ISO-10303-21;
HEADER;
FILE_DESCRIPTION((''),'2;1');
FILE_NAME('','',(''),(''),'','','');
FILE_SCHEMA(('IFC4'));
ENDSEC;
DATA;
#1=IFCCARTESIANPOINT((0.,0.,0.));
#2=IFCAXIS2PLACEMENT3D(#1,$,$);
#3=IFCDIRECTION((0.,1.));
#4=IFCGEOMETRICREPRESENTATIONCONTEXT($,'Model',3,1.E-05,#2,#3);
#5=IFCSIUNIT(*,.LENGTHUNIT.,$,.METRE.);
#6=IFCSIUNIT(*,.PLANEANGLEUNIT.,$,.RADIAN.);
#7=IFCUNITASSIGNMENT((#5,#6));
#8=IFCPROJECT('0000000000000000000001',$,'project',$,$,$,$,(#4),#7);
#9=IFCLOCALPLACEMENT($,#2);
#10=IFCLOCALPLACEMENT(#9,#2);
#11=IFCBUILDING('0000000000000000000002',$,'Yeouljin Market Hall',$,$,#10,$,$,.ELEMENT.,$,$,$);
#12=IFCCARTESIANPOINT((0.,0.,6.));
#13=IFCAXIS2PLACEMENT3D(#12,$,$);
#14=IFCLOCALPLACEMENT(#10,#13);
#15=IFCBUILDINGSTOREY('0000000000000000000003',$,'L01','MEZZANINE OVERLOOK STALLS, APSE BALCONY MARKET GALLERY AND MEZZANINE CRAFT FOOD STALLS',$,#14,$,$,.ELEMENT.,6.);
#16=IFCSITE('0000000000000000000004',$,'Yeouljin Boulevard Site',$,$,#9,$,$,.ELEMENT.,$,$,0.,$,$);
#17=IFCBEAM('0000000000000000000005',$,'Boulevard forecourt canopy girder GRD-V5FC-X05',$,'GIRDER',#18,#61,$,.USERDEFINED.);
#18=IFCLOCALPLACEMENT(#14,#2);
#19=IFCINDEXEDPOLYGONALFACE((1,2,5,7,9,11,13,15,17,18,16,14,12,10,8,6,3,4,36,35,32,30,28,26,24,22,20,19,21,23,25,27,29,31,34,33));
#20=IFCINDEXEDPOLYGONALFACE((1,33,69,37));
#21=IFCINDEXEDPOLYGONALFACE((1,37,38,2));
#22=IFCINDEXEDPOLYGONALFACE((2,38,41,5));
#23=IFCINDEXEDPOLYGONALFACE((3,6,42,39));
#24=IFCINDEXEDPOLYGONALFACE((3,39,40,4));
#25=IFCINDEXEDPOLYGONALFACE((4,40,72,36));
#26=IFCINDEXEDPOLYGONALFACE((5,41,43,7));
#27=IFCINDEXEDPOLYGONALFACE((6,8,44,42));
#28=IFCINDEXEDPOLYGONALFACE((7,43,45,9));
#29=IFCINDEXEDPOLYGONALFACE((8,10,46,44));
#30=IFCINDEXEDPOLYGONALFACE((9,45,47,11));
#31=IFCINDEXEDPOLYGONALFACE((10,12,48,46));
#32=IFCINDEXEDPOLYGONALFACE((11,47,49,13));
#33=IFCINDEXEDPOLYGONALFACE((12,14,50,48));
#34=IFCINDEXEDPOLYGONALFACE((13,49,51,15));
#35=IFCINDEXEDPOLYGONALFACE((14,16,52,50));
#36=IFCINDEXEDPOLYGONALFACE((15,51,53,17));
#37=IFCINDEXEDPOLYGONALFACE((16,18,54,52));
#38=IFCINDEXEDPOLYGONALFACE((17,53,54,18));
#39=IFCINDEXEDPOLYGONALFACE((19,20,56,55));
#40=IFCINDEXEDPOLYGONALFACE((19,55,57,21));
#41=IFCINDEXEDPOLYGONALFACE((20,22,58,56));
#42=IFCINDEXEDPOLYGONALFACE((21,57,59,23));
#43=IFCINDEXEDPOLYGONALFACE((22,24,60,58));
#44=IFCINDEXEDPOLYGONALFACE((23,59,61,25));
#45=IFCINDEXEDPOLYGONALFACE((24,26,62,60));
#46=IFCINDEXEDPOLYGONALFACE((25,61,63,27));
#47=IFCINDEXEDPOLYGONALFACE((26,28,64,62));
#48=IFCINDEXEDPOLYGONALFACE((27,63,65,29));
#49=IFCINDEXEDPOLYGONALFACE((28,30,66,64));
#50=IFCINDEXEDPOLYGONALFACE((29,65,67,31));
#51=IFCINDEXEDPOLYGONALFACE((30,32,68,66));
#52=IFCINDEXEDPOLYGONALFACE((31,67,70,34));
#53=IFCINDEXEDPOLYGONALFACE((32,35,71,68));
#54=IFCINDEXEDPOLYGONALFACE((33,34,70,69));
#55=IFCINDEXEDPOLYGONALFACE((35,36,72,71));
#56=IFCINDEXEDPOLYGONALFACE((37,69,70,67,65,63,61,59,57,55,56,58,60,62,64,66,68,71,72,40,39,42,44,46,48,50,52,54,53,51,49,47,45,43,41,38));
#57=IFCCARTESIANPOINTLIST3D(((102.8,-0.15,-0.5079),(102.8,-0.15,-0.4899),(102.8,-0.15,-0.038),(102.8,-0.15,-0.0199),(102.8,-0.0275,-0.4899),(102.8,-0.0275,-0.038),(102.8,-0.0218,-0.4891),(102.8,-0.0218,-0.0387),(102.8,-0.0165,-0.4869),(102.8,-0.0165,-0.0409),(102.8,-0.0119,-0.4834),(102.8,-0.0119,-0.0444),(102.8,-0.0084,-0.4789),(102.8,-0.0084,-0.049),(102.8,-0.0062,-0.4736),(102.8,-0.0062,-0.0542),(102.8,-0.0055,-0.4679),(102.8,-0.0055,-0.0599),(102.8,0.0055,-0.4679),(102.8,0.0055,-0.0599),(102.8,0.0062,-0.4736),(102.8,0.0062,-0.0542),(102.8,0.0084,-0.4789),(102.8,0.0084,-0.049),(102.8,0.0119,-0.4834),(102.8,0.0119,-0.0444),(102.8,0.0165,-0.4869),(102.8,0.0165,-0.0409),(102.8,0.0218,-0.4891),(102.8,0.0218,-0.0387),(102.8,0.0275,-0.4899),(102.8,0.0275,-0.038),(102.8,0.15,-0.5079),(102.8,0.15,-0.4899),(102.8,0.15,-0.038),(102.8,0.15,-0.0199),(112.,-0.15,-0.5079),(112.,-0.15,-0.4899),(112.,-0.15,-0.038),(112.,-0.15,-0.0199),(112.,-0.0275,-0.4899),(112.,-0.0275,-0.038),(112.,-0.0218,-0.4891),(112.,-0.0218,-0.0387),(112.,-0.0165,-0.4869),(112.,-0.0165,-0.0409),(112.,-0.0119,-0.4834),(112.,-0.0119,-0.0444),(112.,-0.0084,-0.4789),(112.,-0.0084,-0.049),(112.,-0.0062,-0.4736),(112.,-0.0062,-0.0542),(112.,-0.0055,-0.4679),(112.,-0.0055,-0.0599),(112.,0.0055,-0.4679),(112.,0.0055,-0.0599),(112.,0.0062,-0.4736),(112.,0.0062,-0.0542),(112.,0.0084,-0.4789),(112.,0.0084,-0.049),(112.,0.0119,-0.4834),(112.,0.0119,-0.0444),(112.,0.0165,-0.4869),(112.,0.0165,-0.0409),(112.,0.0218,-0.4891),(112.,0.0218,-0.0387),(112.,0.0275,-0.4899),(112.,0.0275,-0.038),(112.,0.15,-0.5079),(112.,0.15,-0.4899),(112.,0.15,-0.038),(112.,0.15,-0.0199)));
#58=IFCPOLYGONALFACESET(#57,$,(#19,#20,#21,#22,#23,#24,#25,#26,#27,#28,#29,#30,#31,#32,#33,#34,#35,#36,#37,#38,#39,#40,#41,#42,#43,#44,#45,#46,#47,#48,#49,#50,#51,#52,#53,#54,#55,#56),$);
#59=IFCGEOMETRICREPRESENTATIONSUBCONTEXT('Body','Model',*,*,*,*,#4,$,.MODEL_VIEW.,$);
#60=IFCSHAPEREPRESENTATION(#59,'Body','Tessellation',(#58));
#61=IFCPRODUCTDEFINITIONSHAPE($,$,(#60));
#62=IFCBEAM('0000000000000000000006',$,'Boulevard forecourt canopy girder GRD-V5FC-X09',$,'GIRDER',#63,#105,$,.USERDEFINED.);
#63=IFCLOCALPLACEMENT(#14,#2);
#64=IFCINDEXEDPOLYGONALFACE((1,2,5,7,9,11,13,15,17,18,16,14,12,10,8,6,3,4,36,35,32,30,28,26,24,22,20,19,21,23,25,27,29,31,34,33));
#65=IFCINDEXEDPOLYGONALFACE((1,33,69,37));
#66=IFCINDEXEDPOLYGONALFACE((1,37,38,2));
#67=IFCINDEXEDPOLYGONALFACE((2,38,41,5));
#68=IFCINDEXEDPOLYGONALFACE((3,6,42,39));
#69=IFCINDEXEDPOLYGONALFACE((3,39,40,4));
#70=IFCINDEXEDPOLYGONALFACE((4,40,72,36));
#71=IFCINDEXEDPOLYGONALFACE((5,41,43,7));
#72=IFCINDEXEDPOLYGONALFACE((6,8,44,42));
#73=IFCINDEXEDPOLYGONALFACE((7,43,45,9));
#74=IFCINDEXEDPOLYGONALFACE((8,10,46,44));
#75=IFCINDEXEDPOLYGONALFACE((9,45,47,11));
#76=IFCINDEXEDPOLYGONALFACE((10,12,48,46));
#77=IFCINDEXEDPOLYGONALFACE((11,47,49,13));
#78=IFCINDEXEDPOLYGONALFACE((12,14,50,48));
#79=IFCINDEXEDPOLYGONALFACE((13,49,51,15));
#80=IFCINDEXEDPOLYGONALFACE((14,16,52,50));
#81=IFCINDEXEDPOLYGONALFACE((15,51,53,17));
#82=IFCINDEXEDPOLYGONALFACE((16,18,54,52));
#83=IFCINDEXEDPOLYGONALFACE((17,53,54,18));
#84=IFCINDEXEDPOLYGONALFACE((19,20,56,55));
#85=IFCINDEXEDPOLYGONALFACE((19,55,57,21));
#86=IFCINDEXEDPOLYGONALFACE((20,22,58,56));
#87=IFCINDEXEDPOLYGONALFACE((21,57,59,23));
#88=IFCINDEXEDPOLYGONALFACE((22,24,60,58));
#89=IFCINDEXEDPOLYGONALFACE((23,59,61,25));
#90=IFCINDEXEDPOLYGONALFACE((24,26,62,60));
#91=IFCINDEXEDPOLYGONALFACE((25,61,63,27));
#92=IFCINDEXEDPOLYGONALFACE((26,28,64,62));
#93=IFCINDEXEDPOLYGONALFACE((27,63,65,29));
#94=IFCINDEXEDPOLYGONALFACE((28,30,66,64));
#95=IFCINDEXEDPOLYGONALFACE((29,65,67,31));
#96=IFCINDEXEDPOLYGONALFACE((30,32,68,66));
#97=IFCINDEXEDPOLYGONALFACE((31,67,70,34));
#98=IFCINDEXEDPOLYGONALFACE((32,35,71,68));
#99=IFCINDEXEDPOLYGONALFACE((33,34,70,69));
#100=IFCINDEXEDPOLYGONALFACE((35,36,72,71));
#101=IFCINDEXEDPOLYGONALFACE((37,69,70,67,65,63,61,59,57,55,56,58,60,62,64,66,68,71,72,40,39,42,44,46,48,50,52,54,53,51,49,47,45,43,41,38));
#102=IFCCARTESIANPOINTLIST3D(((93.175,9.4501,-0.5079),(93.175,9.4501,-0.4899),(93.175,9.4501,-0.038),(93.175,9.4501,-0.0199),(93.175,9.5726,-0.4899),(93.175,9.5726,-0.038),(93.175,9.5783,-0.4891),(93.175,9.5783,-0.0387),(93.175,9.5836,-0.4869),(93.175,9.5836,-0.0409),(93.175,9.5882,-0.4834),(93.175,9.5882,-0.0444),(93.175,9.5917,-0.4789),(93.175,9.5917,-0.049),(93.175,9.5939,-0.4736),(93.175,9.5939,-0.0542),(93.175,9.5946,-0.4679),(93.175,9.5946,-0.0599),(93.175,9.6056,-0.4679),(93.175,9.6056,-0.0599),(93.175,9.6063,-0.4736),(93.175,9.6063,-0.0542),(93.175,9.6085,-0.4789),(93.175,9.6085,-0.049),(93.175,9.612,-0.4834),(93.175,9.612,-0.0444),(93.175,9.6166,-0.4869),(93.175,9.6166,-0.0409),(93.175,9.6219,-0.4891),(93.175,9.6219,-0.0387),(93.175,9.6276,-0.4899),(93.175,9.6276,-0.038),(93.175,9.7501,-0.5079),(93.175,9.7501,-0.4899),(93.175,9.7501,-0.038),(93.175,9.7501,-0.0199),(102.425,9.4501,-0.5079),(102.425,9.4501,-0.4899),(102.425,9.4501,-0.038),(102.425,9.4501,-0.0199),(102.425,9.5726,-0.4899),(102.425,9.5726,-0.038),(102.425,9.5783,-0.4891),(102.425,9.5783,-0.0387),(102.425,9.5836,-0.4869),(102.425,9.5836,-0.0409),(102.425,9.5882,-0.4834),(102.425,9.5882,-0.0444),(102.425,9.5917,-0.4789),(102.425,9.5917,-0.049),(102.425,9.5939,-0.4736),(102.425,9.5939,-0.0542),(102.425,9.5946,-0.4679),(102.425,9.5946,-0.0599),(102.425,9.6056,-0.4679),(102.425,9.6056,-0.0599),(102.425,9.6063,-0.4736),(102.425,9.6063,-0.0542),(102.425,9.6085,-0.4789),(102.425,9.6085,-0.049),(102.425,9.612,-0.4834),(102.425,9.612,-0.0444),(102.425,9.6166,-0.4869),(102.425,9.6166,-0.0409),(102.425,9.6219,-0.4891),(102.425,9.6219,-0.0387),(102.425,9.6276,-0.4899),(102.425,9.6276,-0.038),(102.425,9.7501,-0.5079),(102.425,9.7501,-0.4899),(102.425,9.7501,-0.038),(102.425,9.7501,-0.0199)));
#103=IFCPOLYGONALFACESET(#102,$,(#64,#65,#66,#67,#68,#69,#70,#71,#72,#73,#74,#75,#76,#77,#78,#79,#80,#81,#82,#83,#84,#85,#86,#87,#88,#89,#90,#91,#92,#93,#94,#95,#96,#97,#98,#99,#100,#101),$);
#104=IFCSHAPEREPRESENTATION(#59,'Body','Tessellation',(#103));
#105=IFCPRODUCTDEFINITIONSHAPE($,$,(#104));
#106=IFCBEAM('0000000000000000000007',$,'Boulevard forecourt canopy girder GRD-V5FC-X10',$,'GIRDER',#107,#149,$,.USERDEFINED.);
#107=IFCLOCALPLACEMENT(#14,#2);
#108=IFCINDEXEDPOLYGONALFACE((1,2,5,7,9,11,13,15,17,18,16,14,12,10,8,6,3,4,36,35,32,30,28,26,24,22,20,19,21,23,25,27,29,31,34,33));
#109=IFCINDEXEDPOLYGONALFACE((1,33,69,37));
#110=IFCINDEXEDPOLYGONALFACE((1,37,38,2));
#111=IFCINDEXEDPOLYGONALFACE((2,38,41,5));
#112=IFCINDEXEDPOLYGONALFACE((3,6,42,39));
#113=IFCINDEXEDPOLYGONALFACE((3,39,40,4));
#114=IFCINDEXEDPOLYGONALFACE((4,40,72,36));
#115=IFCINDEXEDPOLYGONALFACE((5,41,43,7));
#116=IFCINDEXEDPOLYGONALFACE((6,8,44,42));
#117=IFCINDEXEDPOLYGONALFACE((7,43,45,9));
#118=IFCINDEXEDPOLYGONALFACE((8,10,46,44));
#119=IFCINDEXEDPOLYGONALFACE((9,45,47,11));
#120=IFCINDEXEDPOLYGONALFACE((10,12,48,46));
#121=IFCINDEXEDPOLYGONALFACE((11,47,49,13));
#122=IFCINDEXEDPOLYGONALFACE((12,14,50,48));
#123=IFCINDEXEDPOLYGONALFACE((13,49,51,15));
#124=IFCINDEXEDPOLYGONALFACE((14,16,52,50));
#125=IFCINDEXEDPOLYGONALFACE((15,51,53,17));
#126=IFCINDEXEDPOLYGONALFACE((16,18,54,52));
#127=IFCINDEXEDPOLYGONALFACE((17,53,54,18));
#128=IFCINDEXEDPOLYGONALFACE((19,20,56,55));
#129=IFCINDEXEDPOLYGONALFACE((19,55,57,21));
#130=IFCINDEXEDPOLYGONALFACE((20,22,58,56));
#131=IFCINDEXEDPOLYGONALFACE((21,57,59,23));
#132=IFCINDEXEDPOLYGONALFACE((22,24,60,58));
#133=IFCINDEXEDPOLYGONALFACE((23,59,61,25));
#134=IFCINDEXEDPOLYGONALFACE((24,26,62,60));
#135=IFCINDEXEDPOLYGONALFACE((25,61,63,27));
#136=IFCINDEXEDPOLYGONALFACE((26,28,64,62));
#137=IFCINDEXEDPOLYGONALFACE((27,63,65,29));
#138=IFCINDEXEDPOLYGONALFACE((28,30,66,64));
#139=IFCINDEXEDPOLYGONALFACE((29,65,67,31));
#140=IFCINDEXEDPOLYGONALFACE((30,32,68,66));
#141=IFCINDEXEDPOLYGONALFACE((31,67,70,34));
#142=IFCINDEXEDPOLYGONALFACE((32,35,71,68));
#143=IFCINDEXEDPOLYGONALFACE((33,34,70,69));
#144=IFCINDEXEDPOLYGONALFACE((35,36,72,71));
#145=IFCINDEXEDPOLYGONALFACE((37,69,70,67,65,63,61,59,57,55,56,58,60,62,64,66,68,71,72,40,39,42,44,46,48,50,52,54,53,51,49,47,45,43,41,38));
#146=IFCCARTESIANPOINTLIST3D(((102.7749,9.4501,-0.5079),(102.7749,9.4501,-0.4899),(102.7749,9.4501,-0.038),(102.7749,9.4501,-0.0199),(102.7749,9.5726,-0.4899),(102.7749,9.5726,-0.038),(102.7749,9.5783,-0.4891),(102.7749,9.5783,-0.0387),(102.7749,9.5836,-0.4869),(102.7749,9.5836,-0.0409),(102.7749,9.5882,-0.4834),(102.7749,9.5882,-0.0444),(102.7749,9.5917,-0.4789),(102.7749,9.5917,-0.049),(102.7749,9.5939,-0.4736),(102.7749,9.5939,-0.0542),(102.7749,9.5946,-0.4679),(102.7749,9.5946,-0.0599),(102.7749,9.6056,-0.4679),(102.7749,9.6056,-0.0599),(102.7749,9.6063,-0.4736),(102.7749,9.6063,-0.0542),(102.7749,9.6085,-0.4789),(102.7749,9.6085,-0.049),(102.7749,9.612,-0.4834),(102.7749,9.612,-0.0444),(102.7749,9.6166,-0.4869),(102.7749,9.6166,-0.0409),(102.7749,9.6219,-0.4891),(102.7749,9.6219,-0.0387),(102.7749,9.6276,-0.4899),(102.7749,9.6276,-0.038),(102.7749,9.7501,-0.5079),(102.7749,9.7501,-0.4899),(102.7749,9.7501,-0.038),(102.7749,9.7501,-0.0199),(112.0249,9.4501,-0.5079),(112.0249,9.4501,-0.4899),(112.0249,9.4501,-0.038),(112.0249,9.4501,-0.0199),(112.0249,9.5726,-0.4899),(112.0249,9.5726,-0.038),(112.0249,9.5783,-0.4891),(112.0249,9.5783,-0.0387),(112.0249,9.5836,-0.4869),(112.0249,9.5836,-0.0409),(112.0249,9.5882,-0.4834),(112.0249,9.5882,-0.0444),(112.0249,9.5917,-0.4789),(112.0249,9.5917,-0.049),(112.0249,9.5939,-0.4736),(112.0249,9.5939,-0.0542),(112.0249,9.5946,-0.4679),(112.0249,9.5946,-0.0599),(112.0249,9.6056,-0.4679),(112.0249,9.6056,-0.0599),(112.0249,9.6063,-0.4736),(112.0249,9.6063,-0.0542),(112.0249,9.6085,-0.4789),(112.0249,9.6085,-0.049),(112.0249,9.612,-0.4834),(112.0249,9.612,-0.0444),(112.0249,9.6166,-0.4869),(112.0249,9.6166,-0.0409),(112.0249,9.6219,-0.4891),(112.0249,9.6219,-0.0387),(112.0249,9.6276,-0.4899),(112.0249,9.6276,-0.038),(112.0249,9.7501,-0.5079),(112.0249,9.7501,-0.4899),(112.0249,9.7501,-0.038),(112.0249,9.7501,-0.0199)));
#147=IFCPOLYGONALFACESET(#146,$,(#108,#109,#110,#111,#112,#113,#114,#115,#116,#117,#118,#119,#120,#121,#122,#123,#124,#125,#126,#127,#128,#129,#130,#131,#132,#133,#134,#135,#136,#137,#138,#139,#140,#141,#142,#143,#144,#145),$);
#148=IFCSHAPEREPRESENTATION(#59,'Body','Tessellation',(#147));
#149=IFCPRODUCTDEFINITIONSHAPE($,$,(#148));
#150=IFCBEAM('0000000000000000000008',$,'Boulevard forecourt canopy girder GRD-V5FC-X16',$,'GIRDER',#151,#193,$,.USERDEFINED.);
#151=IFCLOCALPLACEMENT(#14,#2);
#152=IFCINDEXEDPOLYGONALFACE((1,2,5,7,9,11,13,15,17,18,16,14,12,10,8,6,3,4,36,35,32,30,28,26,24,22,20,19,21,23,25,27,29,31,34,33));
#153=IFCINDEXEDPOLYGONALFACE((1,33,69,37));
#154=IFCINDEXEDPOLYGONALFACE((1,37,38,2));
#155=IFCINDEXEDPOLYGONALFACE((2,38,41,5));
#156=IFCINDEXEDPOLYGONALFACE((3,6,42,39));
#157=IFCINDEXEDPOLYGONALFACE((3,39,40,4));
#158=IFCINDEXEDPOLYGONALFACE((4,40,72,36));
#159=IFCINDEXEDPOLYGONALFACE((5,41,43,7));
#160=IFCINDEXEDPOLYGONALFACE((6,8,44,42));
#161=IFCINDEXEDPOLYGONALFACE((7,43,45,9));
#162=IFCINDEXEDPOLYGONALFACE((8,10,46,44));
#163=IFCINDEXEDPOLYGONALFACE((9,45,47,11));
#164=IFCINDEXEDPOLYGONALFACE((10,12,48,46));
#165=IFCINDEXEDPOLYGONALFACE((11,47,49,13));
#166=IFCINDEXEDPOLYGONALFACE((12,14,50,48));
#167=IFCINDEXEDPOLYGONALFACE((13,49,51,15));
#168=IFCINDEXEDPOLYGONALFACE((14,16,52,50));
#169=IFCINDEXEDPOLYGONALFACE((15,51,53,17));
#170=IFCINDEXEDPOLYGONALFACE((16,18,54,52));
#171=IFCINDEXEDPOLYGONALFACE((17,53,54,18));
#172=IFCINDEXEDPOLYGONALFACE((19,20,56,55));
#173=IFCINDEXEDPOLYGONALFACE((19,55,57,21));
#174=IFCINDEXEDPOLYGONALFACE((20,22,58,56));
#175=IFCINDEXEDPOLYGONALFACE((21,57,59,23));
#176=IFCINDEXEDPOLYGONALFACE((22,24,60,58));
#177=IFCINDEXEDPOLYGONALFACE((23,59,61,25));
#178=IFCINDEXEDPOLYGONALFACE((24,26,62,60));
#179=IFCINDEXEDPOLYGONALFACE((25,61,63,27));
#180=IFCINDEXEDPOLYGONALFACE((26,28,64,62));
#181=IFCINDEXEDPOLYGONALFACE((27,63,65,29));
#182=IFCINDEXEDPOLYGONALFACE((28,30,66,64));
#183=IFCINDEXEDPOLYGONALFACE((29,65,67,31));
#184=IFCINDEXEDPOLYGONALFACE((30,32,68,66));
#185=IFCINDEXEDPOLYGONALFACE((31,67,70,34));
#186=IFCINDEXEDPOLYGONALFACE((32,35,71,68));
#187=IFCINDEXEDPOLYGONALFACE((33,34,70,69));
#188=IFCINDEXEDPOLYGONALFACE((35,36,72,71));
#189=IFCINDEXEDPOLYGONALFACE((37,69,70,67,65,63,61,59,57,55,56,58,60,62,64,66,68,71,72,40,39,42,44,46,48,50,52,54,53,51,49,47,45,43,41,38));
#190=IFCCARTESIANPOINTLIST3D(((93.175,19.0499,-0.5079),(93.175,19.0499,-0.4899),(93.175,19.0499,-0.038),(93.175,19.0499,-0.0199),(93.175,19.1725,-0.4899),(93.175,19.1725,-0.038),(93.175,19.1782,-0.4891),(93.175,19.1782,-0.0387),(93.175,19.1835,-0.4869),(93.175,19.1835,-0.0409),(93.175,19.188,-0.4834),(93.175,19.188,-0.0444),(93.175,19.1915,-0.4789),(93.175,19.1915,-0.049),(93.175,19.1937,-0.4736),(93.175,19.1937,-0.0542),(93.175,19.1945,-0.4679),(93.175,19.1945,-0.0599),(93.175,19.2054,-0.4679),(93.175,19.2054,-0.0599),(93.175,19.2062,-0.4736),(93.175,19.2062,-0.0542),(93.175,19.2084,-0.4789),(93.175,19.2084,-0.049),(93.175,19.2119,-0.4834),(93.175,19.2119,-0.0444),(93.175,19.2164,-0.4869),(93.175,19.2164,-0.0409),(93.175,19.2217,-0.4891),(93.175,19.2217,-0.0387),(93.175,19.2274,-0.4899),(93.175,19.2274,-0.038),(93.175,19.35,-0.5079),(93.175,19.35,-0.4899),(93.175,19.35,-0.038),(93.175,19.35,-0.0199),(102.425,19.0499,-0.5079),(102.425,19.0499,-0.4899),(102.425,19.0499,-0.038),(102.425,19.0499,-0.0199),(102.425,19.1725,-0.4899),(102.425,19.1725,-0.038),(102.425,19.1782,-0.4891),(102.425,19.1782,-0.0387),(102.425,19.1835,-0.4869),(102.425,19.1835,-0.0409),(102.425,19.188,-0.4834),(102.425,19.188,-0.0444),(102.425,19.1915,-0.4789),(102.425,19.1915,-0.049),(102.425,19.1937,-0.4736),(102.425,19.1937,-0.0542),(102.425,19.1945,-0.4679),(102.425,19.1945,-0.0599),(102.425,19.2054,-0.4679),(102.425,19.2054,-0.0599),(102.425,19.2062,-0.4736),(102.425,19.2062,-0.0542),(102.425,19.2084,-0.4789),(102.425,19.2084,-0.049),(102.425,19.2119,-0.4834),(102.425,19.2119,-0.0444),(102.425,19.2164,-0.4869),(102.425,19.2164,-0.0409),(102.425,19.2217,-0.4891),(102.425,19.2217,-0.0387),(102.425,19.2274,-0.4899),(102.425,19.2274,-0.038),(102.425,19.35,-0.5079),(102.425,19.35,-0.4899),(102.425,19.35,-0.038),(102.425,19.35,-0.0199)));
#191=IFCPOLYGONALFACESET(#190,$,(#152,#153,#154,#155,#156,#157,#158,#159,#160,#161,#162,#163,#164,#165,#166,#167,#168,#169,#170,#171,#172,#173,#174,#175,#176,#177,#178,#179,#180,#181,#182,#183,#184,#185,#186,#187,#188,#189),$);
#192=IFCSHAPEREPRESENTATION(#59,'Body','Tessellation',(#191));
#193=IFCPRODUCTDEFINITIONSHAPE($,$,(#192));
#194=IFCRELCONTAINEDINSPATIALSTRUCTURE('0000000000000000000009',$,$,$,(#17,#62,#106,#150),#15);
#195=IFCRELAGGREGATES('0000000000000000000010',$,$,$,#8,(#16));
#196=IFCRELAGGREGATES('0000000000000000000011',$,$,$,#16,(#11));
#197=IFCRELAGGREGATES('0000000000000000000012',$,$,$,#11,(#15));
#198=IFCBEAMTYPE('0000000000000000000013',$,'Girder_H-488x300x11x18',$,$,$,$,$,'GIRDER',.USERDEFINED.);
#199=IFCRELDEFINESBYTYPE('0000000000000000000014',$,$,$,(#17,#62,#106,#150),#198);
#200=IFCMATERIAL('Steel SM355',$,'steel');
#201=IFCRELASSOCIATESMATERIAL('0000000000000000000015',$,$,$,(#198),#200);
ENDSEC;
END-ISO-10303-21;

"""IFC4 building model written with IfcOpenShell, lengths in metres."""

from ifc_helpers import new_model, si_unit, direction, frame, origin, origin_2d, place, context, subcontext, project, spatial, i_section, extrude, material, material_profile, profile_set, type_object, element, save


model = new_model("IFC4")

# Units and contexts
model_context = context("Model", 3, precision=1e-05, world=origin(), true_north=direction((0.0, 1.0)))
body_context = subcontext(model_context, "Body", "Model", "MODEL_VIEW")
ifc_project = project(units=[si_unit("LENGTHUNIT", "METRE"), si_unit("PLANEANGLEUNIT", "RADIAN")], contexts=[model_context])

# Site, building, storey
site_placement = place(None, origin())
site = spatial("IfcSite", under=ifc_project, at=site_placement, Name="Yeouljin Boulevard Site", CompositionType="ELEMENT", RefElevation=0.0)
building_placement = place(site_placement, origin())
building = spatial("IfcBuilding", under=site, at=building_placement, Name="Yeouljin Market Hall", CompositionType="ELEMENT")
storey_placement = place(building_placement, frame((0.0, 0.0, 6.0)))
storey = spatial("IfcBuildingStorey", under=building, at=storey_placement, Name="L01", Description="MEZZANINE OVERLOOK STALLS, APSE BALCONY MARKET GALLERY AND MEZZANINE CRAFT FOOD STALLS", CompositionType="ELEMENT", Elevation=6.0)

# Beams
ifc_material_1 = material(Name="Steel SM355", Category="steel")
ifc_material_profile_1 = material_profile(ifc_material_1, i_section(OverallWidth=0.3, OverallDepth=0.488, WebThickness=0.011, FlangeThickness=0.0181, FilletRadius=0.022, at=origin_2d()), Name="H-488x300x11x18")
ifc_profile_set_1 = profile_set([ifc_material_profile_1], Name="Steel SM355")
beam_type_1 = type_object("IfcBeamType", Name="Girder_H-488x300x11x18", ElementType="GIRDER", PredefinedType="USERDEFINED", material=ifc_profile_set_1)
for number, where, z_axis, x_axis, name in (
    (1, (102.8, 0.0, -0.2639), (1.0, 0.0, 0.0), (0.0, 1.0, 0.0), "Boulevard forecourt canopy girder GRD-V5FC-X05"),
):
    element("IfcBeam", number, at=place(storey_placement, frame(where, z_axis=z_axis, x_axis=x_axis)), inside=storey, type_object=beam_type_1, Name=name, ObjectType="GIRDER", PredefinedType="USERDEFINED", context=body_context, shape_type="SweptSolid", body=[
        extrude(i_section(OverallWidth=0.3, OverallDepth=0.488, WebThickness=0.011, FlangeThickness=0.0181, FilletRadius=0.022, at=origin_2d()), origin(), (0.0, 0.0, 1.0), 9.2),
    ])
for number, where, z_axis, x_axis, name in (
    (2, (93.175, 9.6001, -0.2639), (1.0, 0.0, 0.0), (0.0, 1.0, 0.0), "Boulevard forecourt canopy girder GRD-V5FC-X09"),
    (3, (102.7749, 9.6001, -0.2639), (1.0, 0.0, 0.0), (0.0, 1.0, 0.0), "Boulevard forecourt canopy girder GRD-V5FC-X10"),
    (4, (93.175, 19.2, -0.2639), (1.0, 0.0, 0.0), (0.0, 1.0, 0.0), "Boulevard forecourt canopy girder GRD-V5FC-X16"),
):
    element("IfcBeam", number, at=place(storey_placement, frame(where, z_axis=z_axis, x_axis=x_axis)), inside=storey, type_object=beam_type_1, Name=name, ObjectType="GIRDER", PredefinedType="USERDEFINED", context=body_context, shape_type="SweptSolid", body=[
        extrude(i_section(OverallWidth=0.3, OverallDepth=0.488, WebThickness=0.011, FlangeThickness=0.0181, FilletRadius=0.022, at=origin_2d()), origin(), (0.0, 0.0, 1.0), 9.25),
    ])

save(model, "model.ifc")
